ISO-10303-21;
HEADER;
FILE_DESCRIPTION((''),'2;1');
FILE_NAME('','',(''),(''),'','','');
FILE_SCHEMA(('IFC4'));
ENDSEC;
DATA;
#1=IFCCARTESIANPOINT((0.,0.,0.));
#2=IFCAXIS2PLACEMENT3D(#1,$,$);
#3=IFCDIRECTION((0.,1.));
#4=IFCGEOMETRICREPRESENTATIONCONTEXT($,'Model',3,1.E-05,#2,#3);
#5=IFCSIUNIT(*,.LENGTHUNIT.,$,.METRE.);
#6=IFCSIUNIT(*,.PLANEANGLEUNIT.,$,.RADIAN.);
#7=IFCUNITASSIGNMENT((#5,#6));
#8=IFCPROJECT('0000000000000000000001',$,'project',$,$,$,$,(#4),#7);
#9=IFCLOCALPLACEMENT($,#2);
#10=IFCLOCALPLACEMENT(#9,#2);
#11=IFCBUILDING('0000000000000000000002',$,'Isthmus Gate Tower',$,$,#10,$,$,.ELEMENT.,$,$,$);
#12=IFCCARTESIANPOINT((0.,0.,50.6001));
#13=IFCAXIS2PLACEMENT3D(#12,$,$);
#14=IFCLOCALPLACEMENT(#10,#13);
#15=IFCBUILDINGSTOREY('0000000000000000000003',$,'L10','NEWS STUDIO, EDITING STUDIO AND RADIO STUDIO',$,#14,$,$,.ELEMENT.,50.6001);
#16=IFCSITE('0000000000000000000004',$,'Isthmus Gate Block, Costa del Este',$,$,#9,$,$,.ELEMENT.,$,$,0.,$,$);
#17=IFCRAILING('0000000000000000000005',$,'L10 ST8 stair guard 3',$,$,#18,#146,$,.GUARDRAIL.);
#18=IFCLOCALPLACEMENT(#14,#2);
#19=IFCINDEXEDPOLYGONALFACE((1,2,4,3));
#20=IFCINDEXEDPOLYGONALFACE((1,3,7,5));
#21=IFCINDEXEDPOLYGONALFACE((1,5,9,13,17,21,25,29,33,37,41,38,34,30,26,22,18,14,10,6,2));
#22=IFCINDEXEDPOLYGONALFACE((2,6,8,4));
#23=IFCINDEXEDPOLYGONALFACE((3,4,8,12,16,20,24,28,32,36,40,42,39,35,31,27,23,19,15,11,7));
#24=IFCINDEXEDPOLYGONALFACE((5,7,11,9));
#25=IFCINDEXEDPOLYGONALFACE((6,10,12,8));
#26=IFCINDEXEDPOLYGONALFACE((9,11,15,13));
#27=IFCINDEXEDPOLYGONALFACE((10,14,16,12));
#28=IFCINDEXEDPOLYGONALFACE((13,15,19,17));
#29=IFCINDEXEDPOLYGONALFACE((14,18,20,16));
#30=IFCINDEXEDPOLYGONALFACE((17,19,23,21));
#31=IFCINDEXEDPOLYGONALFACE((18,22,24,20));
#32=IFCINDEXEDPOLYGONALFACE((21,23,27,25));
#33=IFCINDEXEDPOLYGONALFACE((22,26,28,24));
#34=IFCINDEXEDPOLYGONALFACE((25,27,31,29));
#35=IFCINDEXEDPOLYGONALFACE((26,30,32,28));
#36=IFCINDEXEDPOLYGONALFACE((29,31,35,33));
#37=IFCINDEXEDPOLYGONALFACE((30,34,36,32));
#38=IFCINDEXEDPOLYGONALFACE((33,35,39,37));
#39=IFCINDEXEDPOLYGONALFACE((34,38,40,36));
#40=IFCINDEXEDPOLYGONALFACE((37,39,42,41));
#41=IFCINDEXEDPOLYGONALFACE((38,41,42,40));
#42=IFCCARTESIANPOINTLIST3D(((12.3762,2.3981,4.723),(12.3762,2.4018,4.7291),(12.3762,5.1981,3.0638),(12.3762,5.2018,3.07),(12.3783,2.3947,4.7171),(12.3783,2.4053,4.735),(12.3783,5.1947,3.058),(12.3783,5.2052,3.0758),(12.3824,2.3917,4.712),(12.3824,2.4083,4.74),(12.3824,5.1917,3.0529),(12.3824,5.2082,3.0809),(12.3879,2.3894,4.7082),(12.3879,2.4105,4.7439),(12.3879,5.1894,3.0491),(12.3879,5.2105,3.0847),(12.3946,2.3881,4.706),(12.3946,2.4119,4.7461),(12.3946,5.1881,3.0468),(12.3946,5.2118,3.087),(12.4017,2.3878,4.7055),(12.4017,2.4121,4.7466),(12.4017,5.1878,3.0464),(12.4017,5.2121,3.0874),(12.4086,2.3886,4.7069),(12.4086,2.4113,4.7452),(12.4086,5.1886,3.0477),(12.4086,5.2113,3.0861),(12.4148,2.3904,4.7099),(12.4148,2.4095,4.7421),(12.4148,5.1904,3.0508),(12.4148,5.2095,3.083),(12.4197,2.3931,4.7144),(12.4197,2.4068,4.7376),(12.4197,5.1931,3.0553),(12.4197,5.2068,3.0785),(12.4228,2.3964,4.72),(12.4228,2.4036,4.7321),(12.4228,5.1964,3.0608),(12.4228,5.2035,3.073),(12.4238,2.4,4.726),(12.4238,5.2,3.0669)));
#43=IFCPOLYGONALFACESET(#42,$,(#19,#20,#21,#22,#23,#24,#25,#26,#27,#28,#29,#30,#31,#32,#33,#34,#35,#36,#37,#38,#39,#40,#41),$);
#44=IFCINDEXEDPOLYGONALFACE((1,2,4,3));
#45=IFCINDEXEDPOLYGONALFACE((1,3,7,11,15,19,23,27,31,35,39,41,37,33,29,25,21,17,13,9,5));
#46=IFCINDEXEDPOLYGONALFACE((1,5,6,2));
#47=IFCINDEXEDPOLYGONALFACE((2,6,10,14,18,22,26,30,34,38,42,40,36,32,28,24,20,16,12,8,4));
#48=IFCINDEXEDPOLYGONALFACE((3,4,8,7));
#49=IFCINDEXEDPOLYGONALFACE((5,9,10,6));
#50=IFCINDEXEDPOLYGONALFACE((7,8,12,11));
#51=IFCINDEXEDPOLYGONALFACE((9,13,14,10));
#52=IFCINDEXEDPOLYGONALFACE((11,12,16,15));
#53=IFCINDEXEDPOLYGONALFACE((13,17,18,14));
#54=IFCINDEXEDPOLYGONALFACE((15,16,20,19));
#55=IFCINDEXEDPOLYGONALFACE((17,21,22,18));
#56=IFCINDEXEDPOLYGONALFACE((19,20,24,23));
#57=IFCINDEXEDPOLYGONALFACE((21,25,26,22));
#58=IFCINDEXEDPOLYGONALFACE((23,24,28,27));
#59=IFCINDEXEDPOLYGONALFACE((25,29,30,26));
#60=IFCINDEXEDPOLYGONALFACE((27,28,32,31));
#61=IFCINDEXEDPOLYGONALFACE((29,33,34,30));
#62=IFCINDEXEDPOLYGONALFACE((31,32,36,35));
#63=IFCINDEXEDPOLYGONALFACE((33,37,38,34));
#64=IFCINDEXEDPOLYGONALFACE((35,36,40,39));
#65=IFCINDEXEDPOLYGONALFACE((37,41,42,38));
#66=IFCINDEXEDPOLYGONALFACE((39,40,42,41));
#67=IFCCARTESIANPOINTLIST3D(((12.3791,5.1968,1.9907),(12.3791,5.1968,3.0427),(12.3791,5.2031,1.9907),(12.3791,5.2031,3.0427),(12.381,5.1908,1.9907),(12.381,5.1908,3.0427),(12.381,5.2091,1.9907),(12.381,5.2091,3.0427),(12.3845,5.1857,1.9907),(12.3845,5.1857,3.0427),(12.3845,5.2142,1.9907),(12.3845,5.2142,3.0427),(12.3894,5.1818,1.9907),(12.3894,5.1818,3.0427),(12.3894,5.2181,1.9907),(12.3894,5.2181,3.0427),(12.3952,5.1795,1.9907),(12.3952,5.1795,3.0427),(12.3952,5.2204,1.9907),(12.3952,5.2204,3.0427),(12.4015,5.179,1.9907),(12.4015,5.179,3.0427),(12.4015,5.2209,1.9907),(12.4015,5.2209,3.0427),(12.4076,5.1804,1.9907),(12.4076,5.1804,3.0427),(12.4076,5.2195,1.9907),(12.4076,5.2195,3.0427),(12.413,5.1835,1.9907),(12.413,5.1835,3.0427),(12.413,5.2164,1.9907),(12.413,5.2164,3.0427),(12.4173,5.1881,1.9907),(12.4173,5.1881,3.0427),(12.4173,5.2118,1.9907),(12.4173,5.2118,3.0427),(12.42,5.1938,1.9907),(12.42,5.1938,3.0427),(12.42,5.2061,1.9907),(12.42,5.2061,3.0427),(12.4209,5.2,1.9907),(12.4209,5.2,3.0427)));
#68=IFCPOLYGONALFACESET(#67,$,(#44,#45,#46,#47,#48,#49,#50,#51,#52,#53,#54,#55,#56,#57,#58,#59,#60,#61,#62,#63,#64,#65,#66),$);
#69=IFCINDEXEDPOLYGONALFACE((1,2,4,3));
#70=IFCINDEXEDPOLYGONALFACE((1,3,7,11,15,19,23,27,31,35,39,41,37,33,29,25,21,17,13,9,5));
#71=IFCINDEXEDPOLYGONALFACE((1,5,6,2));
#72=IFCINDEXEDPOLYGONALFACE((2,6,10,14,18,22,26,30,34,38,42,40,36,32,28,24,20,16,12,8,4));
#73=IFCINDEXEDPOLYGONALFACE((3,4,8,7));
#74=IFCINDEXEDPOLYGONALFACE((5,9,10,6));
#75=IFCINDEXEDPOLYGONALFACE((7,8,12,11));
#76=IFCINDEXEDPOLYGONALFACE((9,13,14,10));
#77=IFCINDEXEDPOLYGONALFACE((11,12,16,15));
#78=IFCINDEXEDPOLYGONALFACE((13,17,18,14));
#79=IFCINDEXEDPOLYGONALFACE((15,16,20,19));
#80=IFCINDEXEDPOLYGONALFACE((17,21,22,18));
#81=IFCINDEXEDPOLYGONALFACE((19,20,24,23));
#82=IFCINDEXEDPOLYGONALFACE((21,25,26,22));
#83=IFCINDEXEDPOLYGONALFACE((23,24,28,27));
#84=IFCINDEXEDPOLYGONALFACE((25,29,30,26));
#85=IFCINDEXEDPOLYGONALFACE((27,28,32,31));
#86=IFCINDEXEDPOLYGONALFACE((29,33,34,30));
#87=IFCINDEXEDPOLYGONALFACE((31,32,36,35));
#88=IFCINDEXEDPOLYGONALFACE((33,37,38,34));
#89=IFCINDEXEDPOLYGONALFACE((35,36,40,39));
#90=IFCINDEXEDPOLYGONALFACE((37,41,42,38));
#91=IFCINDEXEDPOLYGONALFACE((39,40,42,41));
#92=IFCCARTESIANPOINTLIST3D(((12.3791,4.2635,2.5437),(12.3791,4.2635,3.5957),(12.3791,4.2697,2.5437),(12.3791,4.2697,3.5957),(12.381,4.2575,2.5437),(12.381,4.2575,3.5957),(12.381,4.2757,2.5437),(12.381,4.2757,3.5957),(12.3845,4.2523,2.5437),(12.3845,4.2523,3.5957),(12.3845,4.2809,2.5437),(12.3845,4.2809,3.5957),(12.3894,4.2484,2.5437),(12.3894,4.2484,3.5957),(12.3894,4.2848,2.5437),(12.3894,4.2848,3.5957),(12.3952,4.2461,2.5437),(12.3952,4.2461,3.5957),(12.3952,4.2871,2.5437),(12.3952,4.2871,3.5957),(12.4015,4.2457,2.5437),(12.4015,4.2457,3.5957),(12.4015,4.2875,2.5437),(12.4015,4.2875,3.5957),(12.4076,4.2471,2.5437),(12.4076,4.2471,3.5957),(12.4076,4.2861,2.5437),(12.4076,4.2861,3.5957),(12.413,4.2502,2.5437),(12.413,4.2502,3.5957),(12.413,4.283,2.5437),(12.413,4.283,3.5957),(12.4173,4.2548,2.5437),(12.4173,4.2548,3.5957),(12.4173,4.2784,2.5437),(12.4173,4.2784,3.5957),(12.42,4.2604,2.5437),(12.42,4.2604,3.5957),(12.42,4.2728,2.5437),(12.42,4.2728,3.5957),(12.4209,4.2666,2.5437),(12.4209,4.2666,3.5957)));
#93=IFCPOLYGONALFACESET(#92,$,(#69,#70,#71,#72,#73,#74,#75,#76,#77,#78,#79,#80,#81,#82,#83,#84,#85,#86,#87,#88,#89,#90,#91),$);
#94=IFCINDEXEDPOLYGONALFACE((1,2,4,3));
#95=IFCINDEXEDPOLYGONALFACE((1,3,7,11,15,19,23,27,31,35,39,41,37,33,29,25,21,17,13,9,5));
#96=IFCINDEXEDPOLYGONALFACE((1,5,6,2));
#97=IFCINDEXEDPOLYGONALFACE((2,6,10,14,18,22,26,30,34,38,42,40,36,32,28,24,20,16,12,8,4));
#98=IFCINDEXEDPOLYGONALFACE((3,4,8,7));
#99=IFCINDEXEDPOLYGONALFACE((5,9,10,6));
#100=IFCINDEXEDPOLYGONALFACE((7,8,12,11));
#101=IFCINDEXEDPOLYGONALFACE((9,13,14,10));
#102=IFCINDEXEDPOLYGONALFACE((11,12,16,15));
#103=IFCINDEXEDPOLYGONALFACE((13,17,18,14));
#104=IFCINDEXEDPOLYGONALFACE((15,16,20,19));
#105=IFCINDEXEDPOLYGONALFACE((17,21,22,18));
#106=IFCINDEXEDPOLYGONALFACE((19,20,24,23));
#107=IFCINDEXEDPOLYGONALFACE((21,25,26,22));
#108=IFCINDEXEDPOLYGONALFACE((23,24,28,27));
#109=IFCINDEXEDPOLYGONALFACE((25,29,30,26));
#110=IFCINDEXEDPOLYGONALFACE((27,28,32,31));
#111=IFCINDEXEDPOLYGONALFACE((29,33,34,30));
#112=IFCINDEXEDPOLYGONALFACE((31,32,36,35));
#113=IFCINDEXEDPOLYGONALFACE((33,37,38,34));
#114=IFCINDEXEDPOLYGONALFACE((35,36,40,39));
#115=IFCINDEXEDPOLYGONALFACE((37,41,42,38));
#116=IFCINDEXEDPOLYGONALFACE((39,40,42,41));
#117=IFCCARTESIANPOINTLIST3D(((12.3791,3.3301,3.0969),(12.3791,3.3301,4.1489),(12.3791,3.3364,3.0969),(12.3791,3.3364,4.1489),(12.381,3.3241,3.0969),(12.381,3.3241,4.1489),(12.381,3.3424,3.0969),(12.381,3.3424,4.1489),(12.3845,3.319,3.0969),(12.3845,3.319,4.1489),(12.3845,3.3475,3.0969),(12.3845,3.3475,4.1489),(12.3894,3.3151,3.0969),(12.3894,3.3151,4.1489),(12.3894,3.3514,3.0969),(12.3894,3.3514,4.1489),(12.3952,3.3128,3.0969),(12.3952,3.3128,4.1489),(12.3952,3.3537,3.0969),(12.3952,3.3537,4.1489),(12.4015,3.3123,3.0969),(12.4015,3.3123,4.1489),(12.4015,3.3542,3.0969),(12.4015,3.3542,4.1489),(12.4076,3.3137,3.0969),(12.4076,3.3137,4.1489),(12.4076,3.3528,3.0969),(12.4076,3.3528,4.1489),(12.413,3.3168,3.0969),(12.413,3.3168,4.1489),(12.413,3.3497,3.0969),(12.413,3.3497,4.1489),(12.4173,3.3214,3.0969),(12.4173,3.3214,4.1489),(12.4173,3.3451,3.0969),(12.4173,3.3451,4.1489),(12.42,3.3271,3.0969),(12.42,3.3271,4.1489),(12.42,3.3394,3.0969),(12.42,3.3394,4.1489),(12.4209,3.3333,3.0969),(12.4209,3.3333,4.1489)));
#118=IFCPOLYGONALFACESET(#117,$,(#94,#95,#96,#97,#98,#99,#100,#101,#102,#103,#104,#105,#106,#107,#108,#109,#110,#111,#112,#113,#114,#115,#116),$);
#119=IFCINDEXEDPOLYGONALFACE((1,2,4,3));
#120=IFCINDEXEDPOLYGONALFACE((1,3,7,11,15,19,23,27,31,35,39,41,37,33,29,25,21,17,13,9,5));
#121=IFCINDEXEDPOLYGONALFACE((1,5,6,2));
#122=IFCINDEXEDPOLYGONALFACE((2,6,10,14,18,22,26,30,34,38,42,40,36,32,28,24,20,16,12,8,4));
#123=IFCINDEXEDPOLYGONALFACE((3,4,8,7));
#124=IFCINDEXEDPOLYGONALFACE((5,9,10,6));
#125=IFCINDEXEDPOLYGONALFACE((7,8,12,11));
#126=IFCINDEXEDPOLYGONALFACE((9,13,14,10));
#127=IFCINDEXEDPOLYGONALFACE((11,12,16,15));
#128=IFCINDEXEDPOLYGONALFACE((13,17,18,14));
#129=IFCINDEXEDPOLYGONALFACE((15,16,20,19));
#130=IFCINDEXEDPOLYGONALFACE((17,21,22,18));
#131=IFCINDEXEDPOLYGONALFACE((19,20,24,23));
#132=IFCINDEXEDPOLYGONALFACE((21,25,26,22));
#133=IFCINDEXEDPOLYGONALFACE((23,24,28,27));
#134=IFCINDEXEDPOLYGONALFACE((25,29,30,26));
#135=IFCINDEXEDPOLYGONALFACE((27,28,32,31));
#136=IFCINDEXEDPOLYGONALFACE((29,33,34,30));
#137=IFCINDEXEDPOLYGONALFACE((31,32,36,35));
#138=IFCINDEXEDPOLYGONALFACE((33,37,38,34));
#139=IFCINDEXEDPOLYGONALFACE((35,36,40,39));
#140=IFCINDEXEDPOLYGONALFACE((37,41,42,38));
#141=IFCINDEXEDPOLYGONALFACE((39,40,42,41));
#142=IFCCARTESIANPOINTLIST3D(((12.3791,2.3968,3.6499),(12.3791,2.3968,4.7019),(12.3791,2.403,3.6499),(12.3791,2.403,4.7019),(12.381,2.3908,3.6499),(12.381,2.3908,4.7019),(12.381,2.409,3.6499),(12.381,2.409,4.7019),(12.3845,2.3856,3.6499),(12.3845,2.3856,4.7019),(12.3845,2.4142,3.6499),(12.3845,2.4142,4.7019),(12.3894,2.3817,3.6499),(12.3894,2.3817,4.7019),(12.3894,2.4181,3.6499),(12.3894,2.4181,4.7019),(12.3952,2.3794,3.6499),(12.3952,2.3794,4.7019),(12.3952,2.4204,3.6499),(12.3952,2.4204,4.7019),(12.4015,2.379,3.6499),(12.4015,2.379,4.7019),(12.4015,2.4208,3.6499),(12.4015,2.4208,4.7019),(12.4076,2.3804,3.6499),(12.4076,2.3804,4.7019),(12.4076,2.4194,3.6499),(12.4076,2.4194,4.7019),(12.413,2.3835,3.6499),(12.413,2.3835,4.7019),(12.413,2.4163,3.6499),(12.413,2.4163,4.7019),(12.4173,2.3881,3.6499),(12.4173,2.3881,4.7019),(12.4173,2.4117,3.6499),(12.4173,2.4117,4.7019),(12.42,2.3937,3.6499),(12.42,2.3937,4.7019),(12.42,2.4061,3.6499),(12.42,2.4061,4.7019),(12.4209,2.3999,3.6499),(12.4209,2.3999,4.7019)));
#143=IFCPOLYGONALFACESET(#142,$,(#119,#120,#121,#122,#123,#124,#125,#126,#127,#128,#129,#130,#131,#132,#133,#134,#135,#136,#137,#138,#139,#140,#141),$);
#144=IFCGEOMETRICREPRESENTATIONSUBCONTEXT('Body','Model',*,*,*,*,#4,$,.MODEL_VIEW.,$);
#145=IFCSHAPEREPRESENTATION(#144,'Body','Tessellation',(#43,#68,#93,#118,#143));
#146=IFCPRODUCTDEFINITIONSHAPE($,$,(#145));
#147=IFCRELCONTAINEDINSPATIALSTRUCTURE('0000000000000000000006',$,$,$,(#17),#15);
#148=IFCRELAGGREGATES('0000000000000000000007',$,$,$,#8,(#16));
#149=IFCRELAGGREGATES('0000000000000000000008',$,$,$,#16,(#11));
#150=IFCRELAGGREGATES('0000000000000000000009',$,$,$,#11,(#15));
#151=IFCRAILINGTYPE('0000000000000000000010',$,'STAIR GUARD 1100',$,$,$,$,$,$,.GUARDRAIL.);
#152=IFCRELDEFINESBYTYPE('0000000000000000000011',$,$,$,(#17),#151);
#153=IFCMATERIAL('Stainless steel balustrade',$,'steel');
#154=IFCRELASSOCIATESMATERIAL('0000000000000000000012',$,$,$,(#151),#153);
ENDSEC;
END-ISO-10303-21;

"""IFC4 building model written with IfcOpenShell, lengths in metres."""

from ifc_helpers import new_model, si_unit, direction, frame, origin, origin_2d, place, context, subcontext, project, spatial, circle, extrude, material, type_object, element, save


model = new_model("IFC4")

# Units and contexts
model_context = context("Model", 3, precision=1e-05, world=origin(), true_north=direction((0.0, 1.0)))
body_context = subcontext(model_context, "Body", "Model", "MODEL_VIEW")
ifc_project = project(units=[si_unit("LENGTHUNIT", "METRE"), si_unit("PLANEANGLEUNIT", "RADIAN")], contexts=[model_context])

# Site, building, storey
site_placement = place(None, origin())
site = spatial("IfcSite", under=ifc_project, at=site_placement, Name="Isthmus Gate Block, Costa del Este", CompositionType="ELEMENT", RefElevation=0.0)
building_placement = place(site_placement, origin())
building = spatial("IfcBuilding", under=site, at=building_placement, Name="Isthmus Gate Tower", CompositionType="ELEMENT")
storey_placement = place(building_placement, frame((0.0, 0.0, 50.6001)))
storey = spatial("IfcBuildingStorey", under=building, at=storey_placement, Name="L10", Description="NEWS STUDIO, EDITING STUDIO AND RADIO STUDIO", CompositionType="ELEMENT", Elevation=50.6001)

# Railing
ifc_material_1 = material(Name="Stainless steel balustrade", Category="steel")
railing_type_1 = type_object("IfcRailingType", Name="STAIR GUARD 1100", PredefinedType="GUARDRAIL", material=ifc_material_1)
railing_1_placement = place(storey_placement, frame((12.3999, 5.2, 1.9907)))
element("IfcRailing", 1, at=railing_1_placement, inside=storey, type_object=railing_type_1, Name="L10 ST8 stair guard 3", PredefinedType="GUARDRAIL", context=body_context, shape_type="SweptSolid", body=[
    extrude(circle(Radius=0.0239, at=origin_2d()), frame((0.0, 0.0, 1.0762), z_axis=(0.0, -0.860306, 0.509778), x_axis=(1.0, 0.0, 0.0)), (0.0, 0.0, 1.0), 3.2546),
    extrude(circle(Radius=0.021, at=origin_2d()), origin(), (0.0, 0.0, 1.0), 1.052),
    extrude(circle(Radius=0.021, at=origin_2d()), frame((0.0, -0.9333, 0.553)), (0.0, 0.0, 1.0), 1.052),
    extrude(circle(Radius=0.021, at=origin_2d()), frame((0.0, -1.8667, 1.1062)), (0.0, 0.0, 1.0), 1.052),
    extrude(circle(Radius=0.021, at=origin_2d()), frame((0.0, -2.8, 1.6592)), (0.0, 0.0, 1.0), 1.052),
])

save(model, "model.ifc")
